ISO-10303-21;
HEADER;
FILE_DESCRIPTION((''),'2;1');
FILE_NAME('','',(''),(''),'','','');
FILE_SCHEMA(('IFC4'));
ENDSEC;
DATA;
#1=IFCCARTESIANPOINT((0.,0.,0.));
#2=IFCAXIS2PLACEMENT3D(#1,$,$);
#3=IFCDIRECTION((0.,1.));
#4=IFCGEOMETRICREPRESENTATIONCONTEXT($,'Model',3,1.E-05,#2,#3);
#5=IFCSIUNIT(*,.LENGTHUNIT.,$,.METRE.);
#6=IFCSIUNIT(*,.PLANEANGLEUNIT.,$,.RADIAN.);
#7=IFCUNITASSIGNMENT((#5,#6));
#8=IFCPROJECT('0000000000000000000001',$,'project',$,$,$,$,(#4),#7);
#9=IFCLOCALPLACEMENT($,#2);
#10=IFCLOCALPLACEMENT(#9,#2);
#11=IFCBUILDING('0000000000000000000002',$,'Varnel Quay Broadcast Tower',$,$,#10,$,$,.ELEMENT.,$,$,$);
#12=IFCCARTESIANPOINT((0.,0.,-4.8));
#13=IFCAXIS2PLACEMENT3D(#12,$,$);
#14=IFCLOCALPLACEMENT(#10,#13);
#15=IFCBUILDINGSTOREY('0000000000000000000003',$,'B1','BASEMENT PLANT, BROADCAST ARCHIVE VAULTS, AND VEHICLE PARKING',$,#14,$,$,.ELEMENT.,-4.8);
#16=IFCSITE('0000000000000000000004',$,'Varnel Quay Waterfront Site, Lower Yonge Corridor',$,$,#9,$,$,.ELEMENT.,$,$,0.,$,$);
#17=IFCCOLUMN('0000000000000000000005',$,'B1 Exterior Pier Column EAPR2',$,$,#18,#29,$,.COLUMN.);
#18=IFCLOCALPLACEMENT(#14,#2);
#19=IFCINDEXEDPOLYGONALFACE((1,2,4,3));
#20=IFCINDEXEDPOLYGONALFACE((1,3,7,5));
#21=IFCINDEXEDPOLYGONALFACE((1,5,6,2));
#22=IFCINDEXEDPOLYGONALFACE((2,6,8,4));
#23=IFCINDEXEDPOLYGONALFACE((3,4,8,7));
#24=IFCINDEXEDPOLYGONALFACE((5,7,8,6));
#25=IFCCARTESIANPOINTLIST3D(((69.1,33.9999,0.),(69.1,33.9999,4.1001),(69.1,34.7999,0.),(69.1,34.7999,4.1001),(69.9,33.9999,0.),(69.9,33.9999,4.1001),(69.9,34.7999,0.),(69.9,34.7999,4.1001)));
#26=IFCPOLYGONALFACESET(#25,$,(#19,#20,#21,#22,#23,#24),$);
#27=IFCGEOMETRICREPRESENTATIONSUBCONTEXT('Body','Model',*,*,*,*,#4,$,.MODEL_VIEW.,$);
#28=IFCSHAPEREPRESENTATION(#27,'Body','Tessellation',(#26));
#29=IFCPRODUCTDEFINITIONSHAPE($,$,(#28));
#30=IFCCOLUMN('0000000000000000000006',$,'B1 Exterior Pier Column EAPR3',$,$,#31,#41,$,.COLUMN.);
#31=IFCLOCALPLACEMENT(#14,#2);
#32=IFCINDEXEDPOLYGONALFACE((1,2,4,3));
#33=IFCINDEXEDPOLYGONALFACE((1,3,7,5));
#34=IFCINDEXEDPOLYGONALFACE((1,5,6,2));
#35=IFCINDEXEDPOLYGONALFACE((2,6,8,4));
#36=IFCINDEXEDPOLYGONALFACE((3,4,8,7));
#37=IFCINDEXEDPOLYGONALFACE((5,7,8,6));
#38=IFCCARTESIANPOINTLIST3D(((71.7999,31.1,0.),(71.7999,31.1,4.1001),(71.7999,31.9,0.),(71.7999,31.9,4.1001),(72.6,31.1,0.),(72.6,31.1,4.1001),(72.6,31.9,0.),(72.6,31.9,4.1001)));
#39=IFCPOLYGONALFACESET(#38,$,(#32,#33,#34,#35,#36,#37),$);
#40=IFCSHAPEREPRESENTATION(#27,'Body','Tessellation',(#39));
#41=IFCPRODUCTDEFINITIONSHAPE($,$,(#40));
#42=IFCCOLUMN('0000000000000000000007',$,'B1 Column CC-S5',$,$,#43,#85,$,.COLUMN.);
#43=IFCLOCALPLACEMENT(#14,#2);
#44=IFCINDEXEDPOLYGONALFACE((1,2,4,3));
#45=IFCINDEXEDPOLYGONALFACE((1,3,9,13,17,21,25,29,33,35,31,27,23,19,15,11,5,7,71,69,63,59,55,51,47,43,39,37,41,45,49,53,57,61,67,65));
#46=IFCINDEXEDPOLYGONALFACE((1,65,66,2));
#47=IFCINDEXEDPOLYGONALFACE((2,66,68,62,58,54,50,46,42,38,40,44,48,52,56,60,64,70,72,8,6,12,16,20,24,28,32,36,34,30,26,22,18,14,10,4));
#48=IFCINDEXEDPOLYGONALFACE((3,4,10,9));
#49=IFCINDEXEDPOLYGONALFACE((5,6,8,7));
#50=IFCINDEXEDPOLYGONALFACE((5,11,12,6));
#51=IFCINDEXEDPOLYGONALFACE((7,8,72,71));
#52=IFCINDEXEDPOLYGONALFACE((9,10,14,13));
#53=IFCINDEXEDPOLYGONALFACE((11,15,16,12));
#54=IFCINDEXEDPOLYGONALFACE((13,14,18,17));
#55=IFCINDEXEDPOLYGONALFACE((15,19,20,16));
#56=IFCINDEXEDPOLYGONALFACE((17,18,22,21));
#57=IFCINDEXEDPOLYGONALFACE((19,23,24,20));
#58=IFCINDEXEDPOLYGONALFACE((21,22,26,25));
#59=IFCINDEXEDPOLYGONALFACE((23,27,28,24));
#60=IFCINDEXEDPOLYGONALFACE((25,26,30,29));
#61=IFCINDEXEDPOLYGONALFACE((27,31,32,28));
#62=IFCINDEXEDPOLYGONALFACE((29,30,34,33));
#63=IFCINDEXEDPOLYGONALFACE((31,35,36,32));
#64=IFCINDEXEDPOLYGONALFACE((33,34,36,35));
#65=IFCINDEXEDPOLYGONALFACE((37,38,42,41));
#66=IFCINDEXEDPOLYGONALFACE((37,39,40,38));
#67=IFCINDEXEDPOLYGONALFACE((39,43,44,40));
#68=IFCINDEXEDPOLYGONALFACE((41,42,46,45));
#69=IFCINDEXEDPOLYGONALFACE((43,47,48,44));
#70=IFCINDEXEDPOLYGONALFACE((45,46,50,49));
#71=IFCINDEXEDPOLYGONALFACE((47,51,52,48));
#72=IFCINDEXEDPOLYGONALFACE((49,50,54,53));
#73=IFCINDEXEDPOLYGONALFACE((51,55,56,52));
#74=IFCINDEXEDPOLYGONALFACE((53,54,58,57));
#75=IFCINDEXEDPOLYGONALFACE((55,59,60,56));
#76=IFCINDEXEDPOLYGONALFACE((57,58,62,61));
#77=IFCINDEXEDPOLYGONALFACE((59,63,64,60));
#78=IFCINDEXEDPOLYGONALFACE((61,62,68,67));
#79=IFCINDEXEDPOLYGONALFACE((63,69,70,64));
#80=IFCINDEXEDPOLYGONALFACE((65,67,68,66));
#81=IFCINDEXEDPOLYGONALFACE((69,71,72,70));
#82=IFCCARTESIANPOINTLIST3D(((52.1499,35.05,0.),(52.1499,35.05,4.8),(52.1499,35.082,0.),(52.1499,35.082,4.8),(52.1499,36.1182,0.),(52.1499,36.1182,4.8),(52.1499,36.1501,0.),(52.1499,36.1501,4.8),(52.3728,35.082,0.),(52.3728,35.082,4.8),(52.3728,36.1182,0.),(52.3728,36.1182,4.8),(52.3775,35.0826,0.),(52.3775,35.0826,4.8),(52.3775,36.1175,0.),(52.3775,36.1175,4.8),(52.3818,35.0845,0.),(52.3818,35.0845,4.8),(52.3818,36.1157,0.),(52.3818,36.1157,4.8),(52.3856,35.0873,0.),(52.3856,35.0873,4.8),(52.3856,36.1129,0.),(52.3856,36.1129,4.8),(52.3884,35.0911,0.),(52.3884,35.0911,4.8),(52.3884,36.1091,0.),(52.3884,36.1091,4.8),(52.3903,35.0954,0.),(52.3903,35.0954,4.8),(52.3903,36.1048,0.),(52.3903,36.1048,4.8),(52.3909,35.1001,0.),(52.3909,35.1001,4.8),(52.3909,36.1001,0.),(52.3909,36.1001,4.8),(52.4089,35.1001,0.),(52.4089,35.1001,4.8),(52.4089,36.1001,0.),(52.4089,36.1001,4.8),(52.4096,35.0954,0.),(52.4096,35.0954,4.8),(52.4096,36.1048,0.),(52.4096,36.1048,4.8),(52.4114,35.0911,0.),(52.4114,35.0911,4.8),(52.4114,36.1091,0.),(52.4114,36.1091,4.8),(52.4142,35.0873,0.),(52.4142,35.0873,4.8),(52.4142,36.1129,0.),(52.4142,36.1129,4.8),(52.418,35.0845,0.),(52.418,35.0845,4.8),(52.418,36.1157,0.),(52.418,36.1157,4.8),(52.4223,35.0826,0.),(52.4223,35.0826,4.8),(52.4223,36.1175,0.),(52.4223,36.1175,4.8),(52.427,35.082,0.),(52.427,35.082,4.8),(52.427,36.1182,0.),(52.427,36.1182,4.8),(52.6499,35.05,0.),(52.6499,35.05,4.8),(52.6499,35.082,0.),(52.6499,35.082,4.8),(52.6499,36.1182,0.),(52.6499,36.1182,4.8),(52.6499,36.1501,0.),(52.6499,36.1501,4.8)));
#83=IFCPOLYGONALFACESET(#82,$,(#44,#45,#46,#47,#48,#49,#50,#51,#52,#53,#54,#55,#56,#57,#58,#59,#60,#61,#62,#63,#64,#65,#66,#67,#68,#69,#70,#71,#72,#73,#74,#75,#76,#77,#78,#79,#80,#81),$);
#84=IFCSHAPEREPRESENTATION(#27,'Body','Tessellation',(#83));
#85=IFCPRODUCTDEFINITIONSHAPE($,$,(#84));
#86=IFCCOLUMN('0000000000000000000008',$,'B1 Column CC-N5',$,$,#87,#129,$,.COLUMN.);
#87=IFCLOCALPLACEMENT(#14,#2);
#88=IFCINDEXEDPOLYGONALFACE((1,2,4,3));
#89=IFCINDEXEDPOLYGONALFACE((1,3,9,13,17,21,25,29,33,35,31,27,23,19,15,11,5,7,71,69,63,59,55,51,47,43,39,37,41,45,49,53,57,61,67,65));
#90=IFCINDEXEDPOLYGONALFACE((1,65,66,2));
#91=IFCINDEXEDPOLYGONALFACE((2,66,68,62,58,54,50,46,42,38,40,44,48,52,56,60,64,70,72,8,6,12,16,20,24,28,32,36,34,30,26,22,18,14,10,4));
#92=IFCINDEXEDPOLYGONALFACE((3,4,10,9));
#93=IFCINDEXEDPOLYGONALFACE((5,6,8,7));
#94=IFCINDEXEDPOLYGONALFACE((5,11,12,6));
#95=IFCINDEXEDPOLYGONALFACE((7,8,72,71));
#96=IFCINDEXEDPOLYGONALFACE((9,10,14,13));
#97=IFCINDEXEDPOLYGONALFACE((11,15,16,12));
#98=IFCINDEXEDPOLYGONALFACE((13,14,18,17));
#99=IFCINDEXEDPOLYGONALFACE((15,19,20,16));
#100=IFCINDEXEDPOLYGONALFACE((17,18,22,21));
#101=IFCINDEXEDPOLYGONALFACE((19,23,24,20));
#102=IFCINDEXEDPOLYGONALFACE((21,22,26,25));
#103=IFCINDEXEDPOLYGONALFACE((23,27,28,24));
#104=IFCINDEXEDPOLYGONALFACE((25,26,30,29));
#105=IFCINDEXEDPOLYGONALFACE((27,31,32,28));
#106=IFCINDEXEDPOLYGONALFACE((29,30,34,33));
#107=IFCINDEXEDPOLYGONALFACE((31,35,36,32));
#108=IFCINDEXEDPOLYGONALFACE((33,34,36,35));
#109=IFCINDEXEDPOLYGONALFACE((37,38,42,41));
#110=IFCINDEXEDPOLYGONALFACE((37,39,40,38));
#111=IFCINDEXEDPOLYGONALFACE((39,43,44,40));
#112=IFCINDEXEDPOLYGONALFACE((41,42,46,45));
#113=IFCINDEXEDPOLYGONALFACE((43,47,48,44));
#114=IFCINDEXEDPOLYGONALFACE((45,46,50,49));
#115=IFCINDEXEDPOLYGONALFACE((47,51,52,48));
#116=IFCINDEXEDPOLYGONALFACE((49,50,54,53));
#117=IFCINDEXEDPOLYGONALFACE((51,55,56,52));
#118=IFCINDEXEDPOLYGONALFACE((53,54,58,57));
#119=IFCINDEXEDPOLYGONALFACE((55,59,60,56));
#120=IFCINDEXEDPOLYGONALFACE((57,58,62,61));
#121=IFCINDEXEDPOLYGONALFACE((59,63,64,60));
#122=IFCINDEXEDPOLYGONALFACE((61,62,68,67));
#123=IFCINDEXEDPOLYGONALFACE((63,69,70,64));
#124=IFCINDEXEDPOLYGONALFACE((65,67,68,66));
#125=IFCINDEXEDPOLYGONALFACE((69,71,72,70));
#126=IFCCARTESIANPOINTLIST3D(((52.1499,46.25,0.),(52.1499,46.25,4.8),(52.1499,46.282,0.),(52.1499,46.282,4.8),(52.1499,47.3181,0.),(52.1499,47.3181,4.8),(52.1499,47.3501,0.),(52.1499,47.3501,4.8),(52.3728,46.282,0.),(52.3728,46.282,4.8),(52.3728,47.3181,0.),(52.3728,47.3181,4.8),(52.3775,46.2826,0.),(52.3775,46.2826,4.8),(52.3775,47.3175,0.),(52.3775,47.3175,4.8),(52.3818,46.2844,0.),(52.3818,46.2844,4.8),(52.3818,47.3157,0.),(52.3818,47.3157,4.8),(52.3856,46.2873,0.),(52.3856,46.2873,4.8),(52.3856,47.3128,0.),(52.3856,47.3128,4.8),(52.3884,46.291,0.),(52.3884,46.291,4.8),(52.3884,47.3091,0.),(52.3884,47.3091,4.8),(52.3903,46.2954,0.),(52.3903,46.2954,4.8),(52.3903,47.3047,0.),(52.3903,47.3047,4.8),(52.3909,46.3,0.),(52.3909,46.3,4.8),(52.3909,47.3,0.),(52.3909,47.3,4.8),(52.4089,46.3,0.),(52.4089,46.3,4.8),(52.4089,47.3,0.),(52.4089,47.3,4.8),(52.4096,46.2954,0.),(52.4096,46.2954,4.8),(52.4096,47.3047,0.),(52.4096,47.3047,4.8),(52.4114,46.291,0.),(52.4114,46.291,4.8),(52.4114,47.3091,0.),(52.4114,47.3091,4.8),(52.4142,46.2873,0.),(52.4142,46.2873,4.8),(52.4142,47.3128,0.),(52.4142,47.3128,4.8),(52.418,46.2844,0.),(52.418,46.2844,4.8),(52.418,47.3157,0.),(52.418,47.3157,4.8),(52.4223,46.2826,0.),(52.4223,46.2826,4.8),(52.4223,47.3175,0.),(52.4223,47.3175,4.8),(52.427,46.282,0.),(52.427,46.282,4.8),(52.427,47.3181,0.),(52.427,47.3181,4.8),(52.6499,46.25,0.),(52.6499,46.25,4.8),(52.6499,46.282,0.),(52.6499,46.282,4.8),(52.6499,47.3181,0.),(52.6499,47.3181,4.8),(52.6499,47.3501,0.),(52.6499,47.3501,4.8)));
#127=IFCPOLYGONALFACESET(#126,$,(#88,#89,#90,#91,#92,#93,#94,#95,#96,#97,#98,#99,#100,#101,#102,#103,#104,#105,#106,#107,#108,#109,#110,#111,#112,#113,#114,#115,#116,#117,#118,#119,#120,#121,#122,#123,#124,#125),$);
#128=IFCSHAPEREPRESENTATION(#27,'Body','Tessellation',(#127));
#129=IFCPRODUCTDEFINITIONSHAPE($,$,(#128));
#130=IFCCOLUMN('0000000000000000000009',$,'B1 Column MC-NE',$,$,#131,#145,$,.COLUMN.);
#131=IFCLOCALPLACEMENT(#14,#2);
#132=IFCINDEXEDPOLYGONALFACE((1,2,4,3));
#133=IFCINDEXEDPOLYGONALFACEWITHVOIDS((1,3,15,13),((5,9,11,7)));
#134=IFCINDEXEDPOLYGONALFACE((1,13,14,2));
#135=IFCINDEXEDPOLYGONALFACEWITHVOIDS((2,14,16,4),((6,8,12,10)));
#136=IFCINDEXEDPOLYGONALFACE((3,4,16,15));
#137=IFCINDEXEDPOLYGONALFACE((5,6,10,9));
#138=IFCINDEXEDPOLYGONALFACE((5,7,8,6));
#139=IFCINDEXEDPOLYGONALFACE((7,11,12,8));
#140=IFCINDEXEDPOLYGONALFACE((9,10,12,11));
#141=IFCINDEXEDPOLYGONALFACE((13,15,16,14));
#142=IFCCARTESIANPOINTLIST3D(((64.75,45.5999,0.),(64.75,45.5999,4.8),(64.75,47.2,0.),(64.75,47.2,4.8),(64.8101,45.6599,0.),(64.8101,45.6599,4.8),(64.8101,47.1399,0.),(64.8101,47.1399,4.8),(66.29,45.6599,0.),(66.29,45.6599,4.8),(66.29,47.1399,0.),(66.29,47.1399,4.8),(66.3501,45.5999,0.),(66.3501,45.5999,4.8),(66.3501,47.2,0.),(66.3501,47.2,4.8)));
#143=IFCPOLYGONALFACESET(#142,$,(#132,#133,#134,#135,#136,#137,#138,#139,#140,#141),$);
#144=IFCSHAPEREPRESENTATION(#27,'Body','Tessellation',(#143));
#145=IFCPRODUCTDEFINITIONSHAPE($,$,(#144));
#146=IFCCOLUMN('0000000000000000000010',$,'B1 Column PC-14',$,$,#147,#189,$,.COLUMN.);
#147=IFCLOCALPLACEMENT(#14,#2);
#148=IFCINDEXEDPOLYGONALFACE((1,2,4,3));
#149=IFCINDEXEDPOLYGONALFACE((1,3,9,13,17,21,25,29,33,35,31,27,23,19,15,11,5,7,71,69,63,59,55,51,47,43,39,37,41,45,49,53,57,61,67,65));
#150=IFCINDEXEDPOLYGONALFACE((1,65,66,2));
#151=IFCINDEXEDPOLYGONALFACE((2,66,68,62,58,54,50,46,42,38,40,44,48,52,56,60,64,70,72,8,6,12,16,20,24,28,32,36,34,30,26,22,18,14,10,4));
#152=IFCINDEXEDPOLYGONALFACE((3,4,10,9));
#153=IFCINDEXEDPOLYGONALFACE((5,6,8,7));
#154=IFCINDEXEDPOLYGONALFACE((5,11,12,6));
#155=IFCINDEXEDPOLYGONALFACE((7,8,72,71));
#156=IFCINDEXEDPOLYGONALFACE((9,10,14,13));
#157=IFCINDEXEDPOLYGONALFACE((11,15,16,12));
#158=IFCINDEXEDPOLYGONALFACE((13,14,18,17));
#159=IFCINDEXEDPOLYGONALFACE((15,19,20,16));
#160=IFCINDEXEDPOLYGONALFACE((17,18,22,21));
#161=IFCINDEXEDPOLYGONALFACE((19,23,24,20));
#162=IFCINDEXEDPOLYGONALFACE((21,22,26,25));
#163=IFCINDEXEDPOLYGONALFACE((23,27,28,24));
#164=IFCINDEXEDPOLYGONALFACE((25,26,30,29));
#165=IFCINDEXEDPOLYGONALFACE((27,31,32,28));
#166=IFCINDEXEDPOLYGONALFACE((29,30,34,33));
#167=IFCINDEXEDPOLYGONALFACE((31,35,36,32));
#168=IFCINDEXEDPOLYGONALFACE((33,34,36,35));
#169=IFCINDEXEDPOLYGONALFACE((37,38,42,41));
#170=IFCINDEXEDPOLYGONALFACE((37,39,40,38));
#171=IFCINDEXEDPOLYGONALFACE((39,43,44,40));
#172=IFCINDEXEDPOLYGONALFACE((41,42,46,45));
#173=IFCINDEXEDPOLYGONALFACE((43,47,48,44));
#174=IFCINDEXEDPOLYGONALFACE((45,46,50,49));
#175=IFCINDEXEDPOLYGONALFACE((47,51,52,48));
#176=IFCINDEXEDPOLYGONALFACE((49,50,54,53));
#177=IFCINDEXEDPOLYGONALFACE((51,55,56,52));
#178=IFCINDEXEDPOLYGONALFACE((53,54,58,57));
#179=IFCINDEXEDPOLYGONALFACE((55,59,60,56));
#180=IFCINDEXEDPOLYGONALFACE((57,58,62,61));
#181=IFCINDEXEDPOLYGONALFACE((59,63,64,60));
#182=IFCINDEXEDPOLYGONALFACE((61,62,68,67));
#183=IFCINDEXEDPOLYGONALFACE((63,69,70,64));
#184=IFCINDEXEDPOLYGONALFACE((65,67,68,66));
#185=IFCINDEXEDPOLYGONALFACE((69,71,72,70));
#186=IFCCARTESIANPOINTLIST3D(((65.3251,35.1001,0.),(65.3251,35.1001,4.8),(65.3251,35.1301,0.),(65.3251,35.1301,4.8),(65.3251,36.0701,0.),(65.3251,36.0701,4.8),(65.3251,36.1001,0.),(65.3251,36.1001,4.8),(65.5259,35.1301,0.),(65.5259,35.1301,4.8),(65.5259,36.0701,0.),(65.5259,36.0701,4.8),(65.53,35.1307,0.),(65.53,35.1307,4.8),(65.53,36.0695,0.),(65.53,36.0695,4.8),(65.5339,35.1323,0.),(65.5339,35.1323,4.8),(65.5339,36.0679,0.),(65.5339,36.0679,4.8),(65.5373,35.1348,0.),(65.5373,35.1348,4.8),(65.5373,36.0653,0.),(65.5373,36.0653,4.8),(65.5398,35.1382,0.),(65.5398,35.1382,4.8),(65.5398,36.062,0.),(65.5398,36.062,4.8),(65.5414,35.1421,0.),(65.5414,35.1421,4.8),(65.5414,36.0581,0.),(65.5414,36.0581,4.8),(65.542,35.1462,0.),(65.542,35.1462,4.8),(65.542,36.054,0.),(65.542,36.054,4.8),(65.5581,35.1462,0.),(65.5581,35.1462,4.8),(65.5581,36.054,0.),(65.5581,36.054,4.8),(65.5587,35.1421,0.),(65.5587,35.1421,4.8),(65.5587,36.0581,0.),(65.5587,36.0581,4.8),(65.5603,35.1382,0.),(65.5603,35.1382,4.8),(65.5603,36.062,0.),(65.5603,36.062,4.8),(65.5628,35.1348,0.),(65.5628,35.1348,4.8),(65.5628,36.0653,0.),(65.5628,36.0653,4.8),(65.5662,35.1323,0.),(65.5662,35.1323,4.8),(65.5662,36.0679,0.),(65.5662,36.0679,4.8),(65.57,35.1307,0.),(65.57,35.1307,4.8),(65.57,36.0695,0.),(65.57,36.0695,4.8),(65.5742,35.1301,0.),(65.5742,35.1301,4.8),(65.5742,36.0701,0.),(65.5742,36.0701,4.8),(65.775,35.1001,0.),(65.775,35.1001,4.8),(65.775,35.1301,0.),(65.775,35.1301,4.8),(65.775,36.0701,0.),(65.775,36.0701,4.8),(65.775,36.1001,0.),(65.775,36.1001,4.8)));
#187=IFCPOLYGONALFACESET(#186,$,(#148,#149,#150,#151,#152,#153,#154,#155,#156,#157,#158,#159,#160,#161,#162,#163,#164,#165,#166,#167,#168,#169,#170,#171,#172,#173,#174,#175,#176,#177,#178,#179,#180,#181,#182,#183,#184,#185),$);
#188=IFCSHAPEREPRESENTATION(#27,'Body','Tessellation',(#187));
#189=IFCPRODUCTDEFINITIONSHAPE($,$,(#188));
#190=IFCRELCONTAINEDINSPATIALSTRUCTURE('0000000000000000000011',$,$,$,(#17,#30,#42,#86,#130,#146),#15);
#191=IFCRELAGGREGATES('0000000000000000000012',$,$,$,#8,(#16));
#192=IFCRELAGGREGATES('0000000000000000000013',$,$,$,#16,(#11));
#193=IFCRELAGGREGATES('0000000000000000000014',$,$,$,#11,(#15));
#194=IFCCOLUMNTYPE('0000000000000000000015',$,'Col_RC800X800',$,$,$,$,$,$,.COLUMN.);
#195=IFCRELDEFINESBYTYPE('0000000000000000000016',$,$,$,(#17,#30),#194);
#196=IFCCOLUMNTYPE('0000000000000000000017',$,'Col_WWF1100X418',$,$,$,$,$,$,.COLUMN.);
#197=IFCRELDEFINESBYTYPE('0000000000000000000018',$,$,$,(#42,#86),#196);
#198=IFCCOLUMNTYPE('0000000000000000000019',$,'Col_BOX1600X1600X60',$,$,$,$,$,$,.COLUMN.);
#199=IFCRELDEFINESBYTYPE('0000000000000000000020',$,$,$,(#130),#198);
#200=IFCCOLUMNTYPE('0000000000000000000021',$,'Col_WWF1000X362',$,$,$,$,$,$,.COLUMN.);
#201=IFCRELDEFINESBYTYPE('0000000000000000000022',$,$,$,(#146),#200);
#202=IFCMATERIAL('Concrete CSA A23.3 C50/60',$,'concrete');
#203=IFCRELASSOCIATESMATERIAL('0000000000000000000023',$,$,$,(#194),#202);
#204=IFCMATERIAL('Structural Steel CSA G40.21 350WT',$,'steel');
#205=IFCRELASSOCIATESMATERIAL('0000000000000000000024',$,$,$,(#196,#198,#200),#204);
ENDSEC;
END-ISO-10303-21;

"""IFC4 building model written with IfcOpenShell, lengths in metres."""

from ifc_helpers import new_model, si_unit, direction, frame, origin, origin_2d, place, context, subcontext, project, spatial, rectangle, hollow_rectangle, i_section, extrude, source, transform, mapped, material, material_profile, profile_set, type_object, type_shapes, element, save


model = new_model("IFC4")

# Units and contexts
model_context = context("Model", 3, precision=1e-05, world=origin(), true_north=direction((0.0, 1.0)))
body_context = subcontext(model_context, "Body", "Model", "MODEL_VIEW")
ifc_project = project(units=[si_unit("LENGTHUNIT", "METRE"), si_unit("PLANEANGLEUNIT", "RADIAN")], contexts=[model_context])

# Site, building, storey
site_placement = place(None, origin())
site = spatial("IfcSite", under=ifc_project, at=site_placement, Name="Varnel Quay Waterfront Site, Lower Yonge Corridor", CompositionType="ELEMENT", RefElevation=0.0)
building_placement = place(site_placement, origin())
building = spatial("IfcBuilding", under=site, at=building_placement, Name="Varnel Quay Broadcast Tower", CompositionType="ELEMENT")
storey_placement = place(building_placement, frame((0.0, 0.0, -4.8)))
storey = spatial("IfcBuildingStorey", under=building, at=storey_placement, Name="B1", Description="BASEMENT PLANT, BROADCAST ARCHIVE VAULTS, AND VEHICLE PARKING", CompositionType="ELEMENT", Elevation=-4.8)

# Columns
ifc_material_1 = material(Name="Concrete CSA A23.3 C50/60", Category="concrete")
ifc_material_profile_1 = material_profile(ifc_material_1, rectangle(XDim=0.8, YDim=0.8, at=origin_2d()), Name="RC800X800")
ifc_profile_set_1 = profile_set([ifc_material_profile_1], Name="Concrete CSA A23.3 C50/60")
column_type_1 = type_object("IfcColumnType", Name="Col_RC800X800", PredefinedType="COLUMN", material=ifc_profile_set_1)
shared_shape_1 = source(origin(), body_context, "Body", "SweptSolid", [
    extrude(rectangle(XDim=0.8, YDim=0.8, at=origin_2d()), origin(), (0.0, 0.0, 1.0), 4.1001),
])
type_shapes(column_type_1, [shared_shape_1])
for number, where, z_axis, x_axis, name in (
    (1, (69.5, 34.3999, 0.0), (0.0, 0.0, 1.0), (1.0, 0.0, 0.0), "B1 Exterior Pier Column EAPR2"),
    (2, (72.2, 31.5, 0.0), (0.0, 0.0, 1.0), (1.0, 0.0, 0.0), "B1 Exterior Pier Column EAPR3"),
):
    element("IfcColumn", number, at=place(storey_placement, frame(where, z_axis=z_axis, x_axis=x_axis)), inside=storey, type_object=column_type_1, Name=name, PredefinedType="COLUMN", context=body_context, shape_type="MappedRepresentation", body=[
        mapped(shared_shape_1, transform((0.0, 0.0, 0.0), x_axis=(1.0, 0.0, 0.0), y_axis=(0.0, 1.0, 0.0), z_axis=(0.0, 0.0, 1.0), scale=1.0)),
    ])
ifc_material_2 = material(Name="Structural Steel CSA G40.21 350WT", Category="steel")
ifc_material_profile_2 = material_profile(ifc_material_2, i_section(OverallWidth=0.5, OverallDepth=1.1001, WebThickness=0.0181, FlangeThickness=0.032, FilletRadius=0.0181, at=origin_2d()), Name="WWF1100X418")
ifc_profile_set_2 = profile_set([ifc_material_profile_2], Name="Structural Steel CSA G40.21 350WT")
column_type_2 = type_object("IfcColumnType", Name="Col_WWF1100X418", PredefinedType="COLUMN", material=ifc_profile_set_2)
shared_shape_2 = source(origin(), body_context, "Body", "SweptSolid", [
    extrude(i_section(OverallWidth=0.5, OverallDepth=1.1001, WebThickness=0.0181, FlangeThickness=0.032, FilletRadius=0.0181, at=origin_2d()), origin(), (0.0, 0.0, 1.0), 4.8),
])
type_shapes(column_type_2, [shared_shape_2])
for number, where, z_axis, x_axis, name in (
    (3, (52.3999, 35.6001, 0.0), (0.0, 0.0, 1.0), (1.0, 0.0, 0.0), "B1 Column CC-S5"),
    (4, (52.3999, 46.8, 0.0), (0.0, 0.0, 1.0), (1.0, 0.0, 0.0), "B1 Column CC-N5"),
):
    element("IfcColumn", number, at=place(storey_placement, frame(where, z_axis=z_axis, x_axis=x_axis)), inside=storey, type_object=column_type_2, Name=name, PredefinedType="COLUMN", context=body_context, shape_type="MappedRepresentation", body=[
        mapped(shared_shape_2, transform((0.0, 0.0, 0.0), x_axis=(1.0, 0.0, 0.0), y_axis=(0.0, 1.0, 0.0), z_axis=(0.0, 0.0, 1.0), scale=1.0)),
    ])
ifc_material_profile_3 = material_profile(ifc_material_2, hollow_rectangle(XDim=1.6001, YDim=1.6001, WallThickness=0.0601, at=origin_2d()), Name="BOX1600X1600X60")
ifc_profile_set_3 = profile_set([ifc_material_profile_3], Name="Structural Steel CSA G40.21 350WT")
column_type_3 = type_object("IfcColumnType", Name="Col_BOX1600X1600X60", PredefinedType="COLUMN", material=ifc_profile_set_3)
shared_shape_3 = source(origin(), body_context, "Body", "SweptSolid", [
    extrude(hollow_rectangle(XDim=1.6001, YDim=1.6001, WallThickness=0.0601, at=origin_2d()), origin(), (0.0, 0.0, 1.0), 4.8),
])
type_shapes(column_type_3, [shared_shape_3])
column_1_placement = place(storey_placement, frame((65.55, 46.3999, 0.0), z_axis=(0.0, 0.0, 1.0), x_axis=(1.0, 0.0, 0.0)))
element("IfcColumn", 5, at=column_1_placement, inside=storey, type_object=column_type_3, Name="B1 Column MC-NE", PredefinedType="COLUMN", context=body_context, shape_type="MappedRepresentation", body=[
    mapped(shared_shape_3, transform((0.0, 0.0, 0.0), x_axis=(1.0, 0.0, 0.0), y_axis=(0.0, 1.0, 0.0), z_axis=(0.0, 0.0, 1.0), scale=1.0)),
])
ifc_material_profile_4 = material_profile(ifc_material_2, i_section(OverallWidth=0.45, OverallDepth=1.0, WebThickness=0.0161, FlangeThickness=0.03, FilletRadius=0.0161, at=origin_2d()), Name="WWF1000X362")
ifc_profile_set_4 = profile_set([ifc_material_profile_4], Name="Structural Steel CSA G40.21 350WT")
column_type_4 = type_object("IfcColumnType", Name="Col_WWF1000X362", PredefinedType="COLUMN", material=ifc_profile_set_4)
shared_shape_4 = source(origin(), body_context, "Body", "SweptSolid", [
    extrude(i_section(OverallWidth=0.45, OverallDepth=1.0, WebThickness=0.0161, FlangeThickness=0.03, FilletRadius=0.0161, at=origin_2d()), origin(), (0.0, 0.0, 1.0), 4.8),
])
type_shapes(column_type_4, [shared_shape_4])
column_2_placement = place(storey_placement, frame((65.55, 35.6001, 0.0), z_axis=(0.0, 0.0, 1.0), x_axis=(1.0, 0.0, 0.0)))
element("IfcColumn", 6, at=column_2_placement, inside=storey, type_object=column_type_4, Name="B1 Column PC-14", PredefinedType="COLUMN", context=body_context, shape_type="MappedRepresentation", body=[
    mapped(shared_shape_4, transform((0.0, 0.0, 0.0), x_axis=(1.0, 0.0, 0.0), y_axis=(0.0, 1.0, 0.0), z_axis=(0.0, 0.0, 1.0), scale=1.0)),
])

save(model, "model.ifc")
